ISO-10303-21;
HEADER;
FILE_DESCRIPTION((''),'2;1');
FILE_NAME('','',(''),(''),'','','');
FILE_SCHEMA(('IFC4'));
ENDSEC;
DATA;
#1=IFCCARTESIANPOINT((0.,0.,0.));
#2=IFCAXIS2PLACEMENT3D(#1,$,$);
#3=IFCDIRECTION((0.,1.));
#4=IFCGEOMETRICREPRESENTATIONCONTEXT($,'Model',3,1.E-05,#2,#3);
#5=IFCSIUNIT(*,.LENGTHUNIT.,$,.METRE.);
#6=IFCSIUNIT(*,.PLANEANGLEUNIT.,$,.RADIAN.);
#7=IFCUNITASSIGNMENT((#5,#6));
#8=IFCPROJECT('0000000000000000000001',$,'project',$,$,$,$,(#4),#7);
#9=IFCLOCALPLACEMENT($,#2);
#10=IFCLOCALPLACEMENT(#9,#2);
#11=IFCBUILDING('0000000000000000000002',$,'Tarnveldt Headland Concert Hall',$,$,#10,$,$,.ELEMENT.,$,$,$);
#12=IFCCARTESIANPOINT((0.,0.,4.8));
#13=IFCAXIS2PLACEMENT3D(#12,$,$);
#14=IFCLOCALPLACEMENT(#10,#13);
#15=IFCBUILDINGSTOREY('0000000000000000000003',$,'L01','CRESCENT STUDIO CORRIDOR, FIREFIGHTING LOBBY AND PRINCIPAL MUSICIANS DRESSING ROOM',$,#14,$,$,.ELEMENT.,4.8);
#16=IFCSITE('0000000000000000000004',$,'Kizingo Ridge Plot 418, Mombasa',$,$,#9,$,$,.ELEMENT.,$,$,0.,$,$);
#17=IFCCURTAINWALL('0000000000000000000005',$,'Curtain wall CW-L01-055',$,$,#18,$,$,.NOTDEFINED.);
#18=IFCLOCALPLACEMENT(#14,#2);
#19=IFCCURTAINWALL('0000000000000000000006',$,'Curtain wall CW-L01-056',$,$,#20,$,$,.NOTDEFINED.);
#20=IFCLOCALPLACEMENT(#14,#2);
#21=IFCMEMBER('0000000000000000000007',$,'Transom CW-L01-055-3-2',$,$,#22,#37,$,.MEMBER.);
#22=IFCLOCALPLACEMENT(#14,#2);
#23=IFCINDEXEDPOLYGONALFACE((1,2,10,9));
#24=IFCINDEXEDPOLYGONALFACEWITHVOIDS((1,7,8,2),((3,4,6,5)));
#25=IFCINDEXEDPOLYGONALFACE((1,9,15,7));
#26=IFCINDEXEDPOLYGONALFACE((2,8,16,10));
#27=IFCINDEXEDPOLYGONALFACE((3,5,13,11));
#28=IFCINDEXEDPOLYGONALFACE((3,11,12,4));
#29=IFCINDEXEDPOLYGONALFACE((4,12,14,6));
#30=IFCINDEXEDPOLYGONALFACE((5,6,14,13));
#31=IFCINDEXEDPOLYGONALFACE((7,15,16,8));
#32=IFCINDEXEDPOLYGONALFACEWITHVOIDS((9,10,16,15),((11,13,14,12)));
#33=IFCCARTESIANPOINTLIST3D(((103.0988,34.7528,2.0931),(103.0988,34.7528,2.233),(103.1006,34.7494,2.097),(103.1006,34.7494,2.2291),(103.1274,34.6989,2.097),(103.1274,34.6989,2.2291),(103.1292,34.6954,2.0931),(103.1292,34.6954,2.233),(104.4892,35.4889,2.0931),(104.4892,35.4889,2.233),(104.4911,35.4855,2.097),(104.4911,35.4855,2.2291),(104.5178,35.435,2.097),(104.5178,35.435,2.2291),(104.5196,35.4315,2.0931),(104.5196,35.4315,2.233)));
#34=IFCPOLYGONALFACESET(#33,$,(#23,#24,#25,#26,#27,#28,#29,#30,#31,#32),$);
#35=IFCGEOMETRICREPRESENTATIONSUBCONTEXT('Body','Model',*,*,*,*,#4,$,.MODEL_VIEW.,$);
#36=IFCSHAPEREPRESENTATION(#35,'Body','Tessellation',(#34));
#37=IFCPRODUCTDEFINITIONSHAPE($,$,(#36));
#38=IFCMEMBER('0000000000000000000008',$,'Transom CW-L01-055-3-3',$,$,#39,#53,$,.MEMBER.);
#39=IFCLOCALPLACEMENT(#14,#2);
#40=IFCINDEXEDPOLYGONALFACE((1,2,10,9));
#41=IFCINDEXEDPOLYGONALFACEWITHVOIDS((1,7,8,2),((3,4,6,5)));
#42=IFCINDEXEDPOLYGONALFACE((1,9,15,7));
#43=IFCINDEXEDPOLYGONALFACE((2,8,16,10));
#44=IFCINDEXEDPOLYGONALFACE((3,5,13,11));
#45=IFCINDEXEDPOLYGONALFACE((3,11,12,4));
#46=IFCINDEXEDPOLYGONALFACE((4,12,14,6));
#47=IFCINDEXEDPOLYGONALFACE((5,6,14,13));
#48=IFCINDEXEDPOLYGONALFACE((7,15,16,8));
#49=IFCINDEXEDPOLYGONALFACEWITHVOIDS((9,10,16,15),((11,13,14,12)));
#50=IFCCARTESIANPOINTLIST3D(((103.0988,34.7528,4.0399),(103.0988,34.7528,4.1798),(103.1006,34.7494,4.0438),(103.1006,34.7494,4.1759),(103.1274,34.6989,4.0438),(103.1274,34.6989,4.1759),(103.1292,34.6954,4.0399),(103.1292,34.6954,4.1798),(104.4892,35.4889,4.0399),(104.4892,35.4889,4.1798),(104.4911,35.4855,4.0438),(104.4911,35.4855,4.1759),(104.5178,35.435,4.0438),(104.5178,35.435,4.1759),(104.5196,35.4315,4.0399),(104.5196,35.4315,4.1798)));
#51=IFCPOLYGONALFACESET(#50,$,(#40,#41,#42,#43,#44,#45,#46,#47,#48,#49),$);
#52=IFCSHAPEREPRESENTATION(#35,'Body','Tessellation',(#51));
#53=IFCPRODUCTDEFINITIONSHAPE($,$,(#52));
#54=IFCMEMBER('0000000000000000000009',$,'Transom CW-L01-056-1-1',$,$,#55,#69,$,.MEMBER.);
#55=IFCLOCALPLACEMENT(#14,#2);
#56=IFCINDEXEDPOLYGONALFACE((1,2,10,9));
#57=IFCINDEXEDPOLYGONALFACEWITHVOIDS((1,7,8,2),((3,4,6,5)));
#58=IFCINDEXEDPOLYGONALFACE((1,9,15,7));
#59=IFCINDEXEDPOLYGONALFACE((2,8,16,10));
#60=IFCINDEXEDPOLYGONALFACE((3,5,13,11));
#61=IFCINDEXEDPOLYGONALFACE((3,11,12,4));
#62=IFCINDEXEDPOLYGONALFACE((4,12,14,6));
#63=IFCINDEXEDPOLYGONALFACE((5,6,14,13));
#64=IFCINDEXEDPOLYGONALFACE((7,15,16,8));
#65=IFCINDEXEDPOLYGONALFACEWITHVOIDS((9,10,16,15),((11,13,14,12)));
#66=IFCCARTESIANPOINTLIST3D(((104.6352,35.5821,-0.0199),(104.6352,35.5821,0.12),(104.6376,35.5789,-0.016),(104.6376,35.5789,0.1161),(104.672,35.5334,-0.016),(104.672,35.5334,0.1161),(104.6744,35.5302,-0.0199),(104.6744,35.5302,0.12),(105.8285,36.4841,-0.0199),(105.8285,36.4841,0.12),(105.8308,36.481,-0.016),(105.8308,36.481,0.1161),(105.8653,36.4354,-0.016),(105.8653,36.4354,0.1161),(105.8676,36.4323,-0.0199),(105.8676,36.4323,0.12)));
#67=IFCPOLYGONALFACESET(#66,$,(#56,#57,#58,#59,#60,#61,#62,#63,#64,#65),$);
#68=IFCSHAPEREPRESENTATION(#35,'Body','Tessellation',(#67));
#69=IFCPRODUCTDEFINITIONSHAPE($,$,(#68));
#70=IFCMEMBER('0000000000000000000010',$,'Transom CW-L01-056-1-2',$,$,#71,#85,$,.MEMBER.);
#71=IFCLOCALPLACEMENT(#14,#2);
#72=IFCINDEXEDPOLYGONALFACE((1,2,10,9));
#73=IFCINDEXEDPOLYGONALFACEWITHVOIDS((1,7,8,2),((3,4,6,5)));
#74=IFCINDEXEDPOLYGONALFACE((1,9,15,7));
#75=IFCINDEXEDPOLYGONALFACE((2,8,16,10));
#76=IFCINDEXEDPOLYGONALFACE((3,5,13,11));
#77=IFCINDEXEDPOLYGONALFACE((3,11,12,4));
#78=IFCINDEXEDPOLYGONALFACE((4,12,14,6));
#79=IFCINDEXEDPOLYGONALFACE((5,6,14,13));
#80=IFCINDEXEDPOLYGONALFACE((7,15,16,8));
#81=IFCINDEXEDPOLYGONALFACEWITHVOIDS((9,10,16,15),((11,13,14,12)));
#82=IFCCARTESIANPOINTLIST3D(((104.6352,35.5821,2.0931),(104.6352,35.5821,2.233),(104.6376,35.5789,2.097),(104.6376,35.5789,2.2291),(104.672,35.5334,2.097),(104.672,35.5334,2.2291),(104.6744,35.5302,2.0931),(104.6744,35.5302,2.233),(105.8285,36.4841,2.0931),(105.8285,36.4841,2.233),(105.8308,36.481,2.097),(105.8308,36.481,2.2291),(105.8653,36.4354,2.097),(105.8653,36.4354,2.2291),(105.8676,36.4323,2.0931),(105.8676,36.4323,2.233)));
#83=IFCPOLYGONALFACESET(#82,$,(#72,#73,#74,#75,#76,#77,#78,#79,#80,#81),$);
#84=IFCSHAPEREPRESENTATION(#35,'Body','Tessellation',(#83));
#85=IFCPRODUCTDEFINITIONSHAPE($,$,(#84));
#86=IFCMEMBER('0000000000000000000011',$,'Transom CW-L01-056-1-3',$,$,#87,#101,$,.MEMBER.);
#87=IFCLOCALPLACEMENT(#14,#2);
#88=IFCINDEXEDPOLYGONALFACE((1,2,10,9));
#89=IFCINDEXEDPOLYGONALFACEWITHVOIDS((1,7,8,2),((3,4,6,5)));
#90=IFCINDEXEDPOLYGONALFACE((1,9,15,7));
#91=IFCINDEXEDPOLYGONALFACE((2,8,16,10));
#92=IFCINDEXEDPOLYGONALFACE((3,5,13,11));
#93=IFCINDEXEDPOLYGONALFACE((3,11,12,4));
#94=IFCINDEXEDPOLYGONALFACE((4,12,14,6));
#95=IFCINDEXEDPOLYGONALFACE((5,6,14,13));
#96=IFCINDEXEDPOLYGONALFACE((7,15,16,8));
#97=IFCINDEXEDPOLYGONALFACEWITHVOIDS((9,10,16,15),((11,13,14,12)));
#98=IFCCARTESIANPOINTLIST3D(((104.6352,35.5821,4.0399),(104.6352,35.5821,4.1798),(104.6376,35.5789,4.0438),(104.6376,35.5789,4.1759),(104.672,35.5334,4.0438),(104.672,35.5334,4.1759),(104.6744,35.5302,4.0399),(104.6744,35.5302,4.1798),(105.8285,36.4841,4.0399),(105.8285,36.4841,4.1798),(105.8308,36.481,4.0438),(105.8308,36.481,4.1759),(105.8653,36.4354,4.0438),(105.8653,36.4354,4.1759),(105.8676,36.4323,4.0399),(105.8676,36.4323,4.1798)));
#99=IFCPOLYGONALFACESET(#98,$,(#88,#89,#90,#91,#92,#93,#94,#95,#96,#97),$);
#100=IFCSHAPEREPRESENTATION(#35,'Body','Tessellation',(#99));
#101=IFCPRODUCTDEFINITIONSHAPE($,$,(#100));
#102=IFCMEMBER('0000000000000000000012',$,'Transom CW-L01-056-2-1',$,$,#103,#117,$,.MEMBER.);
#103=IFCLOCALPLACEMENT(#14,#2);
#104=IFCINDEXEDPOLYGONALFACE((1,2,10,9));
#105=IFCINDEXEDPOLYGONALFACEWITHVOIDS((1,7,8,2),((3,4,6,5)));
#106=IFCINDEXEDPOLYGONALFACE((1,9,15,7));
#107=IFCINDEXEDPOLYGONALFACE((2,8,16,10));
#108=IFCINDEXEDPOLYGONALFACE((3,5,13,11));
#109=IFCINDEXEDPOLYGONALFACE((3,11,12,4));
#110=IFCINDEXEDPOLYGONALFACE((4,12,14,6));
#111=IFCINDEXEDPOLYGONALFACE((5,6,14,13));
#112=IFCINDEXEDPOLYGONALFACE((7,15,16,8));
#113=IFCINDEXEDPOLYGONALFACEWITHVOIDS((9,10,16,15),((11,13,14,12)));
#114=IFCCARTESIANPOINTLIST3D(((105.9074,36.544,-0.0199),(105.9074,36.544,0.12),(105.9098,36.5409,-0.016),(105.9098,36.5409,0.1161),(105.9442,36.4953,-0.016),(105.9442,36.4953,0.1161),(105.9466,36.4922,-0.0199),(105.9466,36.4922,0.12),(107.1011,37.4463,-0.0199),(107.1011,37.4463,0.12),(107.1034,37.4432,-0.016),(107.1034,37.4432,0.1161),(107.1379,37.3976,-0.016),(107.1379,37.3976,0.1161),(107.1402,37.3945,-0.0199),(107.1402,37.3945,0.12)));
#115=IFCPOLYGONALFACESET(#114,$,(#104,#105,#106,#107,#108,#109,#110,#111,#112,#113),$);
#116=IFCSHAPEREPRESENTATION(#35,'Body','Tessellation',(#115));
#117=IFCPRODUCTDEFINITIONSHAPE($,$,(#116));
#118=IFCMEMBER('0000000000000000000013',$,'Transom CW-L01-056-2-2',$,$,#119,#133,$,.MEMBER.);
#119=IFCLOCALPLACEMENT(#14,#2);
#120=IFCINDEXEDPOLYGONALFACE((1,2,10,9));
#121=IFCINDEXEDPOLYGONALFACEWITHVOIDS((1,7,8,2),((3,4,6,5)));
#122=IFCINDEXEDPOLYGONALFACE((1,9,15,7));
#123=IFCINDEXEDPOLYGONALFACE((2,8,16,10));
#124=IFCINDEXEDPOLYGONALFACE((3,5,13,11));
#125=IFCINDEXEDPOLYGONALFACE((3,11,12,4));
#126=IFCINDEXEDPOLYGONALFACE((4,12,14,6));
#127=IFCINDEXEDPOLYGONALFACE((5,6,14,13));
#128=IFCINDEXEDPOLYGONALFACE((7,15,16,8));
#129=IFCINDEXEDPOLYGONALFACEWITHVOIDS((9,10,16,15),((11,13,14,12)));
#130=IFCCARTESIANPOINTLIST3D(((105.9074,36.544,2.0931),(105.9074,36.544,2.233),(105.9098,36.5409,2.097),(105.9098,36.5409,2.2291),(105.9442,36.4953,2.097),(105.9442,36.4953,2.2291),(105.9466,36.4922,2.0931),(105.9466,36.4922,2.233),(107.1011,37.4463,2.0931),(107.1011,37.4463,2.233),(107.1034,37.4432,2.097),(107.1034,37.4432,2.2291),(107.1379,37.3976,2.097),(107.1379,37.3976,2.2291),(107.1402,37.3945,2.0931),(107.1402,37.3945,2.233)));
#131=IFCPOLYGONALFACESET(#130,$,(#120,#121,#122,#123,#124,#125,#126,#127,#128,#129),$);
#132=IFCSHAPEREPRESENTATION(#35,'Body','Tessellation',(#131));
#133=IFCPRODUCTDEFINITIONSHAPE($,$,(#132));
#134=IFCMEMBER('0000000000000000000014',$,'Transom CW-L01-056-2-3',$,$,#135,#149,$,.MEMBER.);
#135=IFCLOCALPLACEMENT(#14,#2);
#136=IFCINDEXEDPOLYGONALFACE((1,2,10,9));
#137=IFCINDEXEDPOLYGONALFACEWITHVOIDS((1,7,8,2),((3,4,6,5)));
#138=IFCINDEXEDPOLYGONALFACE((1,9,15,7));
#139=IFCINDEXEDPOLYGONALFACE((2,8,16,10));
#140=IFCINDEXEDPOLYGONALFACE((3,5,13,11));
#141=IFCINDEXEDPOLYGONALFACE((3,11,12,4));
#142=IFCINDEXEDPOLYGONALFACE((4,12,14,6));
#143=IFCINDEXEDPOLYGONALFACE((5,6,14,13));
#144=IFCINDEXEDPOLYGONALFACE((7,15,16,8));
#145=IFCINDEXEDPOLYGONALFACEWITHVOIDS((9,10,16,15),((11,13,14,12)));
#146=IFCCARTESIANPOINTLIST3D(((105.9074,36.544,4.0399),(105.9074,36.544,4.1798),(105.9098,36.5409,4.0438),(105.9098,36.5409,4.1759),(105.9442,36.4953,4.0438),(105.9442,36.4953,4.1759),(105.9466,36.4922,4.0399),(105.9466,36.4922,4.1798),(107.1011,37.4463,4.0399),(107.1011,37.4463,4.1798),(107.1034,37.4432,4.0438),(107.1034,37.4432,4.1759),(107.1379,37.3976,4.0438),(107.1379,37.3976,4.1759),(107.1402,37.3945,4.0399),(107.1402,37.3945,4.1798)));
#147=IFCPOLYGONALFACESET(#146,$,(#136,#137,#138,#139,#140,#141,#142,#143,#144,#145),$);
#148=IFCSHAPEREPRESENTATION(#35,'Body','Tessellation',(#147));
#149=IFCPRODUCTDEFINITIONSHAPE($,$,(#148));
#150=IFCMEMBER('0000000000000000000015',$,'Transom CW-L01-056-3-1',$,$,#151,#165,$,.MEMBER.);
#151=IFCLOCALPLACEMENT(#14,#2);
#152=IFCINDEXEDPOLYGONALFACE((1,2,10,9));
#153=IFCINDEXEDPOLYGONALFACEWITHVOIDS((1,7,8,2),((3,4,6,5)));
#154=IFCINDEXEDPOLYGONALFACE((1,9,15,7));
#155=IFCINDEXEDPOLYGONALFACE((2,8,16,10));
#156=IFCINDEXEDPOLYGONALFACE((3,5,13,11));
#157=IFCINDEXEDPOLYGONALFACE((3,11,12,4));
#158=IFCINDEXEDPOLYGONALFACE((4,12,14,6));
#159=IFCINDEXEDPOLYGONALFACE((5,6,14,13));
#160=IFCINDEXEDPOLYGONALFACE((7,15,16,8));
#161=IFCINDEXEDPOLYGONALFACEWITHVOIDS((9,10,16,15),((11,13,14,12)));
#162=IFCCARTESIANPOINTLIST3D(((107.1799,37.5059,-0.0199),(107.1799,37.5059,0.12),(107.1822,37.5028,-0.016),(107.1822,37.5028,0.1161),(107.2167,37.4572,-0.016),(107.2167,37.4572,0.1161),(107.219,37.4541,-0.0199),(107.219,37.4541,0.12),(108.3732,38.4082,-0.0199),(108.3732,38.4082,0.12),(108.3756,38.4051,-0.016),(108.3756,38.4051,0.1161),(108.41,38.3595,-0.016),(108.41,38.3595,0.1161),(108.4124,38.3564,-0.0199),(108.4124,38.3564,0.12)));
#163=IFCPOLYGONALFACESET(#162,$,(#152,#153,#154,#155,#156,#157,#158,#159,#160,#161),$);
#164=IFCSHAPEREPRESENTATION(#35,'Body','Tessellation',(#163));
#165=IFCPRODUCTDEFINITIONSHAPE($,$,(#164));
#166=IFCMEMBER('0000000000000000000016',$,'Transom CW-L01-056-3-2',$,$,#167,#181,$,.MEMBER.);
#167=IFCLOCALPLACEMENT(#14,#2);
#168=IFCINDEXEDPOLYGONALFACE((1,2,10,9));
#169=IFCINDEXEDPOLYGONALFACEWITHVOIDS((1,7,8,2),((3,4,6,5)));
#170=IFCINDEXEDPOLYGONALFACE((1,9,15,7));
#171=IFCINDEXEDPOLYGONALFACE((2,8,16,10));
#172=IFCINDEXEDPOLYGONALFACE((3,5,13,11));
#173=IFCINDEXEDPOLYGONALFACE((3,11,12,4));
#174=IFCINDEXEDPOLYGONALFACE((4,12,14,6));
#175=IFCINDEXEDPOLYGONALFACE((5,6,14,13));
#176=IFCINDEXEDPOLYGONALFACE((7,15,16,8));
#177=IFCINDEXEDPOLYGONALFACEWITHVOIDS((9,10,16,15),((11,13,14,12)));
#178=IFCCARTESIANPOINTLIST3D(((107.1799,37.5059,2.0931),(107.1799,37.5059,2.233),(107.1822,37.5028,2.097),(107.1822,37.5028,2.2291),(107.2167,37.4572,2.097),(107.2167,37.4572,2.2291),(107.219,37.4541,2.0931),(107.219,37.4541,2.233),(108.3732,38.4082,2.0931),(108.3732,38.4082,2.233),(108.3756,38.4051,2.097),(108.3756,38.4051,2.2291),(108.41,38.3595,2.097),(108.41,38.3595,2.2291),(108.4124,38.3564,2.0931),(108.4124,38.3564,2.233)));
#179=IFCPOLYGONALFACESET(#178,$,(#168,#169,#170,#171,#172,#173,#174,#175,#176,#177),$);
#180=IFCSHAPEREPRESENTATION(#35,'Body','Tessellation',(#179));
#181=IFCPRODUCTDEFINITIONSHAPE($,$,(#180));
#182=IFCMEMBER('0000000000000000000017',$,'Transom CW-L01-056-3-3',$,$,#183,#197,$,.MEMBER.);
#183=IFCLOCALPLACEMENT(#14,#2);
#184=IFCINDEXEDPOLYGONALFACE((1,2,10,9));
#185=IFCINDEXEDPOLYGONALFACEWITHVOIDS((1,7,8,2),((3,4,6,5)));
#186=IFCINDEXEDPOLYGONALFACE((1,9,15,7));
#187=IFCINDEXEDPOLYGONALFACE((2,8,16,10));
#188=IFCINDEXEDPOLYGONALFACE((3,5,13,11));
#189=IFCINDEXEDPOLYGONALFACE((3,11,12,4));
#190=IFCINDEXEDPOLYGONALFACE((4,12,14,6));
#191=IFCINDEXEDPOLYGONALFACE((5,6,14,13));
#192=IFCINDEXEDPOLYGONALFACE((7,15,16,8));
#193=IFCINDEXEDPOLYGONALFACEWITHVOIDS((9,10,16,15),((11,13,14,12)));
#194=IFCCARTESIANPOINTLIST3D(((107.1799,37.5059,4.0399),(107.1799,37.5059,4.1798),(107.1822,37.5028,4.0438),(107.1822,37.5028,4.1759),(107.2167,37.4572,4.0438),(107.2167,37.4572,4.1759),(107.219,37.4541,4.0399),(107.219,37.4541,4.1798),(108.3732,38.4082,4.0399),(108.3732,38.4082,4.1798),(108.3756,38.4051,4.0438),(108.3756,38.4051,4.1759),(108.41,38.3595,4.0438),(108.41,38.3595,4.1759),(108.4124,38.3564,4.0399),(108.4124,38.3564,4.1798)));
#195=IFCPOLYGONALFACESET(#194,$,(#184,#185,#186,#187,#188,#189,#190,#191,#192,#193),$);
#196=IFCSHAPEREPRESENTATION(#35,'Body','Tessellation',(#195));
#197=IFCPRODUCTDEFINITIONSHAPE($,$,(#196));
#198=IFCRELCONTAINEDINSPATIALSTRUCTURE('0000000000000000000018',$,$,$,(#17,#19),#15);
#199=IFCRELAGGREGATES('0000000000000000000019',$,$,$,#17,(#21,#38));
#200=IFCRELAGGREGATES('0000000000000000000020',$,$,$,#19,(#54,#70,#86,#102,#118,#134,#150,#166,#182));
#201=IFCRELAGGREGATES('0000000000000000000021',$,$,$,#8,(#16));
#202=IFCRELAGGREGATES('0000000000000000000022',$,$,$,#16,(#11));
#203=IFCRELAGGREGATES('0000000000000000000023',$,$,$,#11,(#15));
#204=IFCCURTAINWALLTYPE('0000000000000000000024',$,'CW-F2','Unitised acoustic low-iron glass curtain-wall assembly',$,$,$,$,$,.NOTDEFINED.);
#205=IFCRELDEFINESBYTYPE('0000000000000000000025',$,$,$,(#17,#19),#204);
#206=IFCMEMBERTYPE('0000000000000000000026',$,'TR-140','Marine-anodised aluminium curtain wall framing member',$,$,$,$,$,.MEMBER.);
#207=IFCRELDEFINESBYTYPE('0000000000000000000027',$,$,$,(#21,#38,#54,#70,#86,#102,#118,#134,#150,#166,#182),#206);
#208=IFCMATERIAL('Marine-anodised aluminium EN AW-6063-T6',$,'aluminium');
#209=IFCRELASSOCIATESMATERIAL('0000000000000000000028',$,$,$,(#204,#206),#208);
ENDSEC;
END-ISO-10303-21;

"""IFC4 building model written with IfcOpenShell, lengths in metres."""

from ifc_helpers import new_model, si_unit, direction, frame, origin, origin_2d, place, context, subcontext, project, spatial, hollow_rectangle, extrude, material, material_profile, profile_set, type_object, element, aggregate, save


model = new_model("IFC4")

# Units and contexts
model_context = context("Model", 3, precision=1e-05, world=origin(), true_north=direction((0.0, 1.0)))
body_context = subcontext(model_context, "Body", "Model", "MODEL_VIEW")
ifc_project = project(units=[si_unit("LENGTHUNIT", "METRE"), si_unit("PLANEANGLEUNIT", "RADIAN")], contexts=[model_context])

# Site, building, storey
site_placement = place(None, origin())
site = spatial("IfcSite", under=ifc_project, at=site_placement, Name="Kizingo Ridge Plot 418, Mombasa", CompositionType="ELEMENT", RefElevation=0.0)
building_placement = place(site_placement, origin())
building = spatial("IfcBuilding", under=site, at=building_placement, Name="Tarnveldt Headland Concert Hall", CompositionType="ELEMENT")
storey_placement = place(building_placement, frame((0.0, 0.0, 4.8)))
storey = spatial("IfcBuildingStorey", under=building, at=storey_placement, Name="L01", Description="CRESCENT STUDIO CORRIDOR, FIREFIGHTING LOBBY AND PRINCIPAL MUSICIANS DRESSING ROOM", CompositionType="ELEMENT", Elevation=4.8)

# Curtain walls
ifc_material_1 = material(Name="Marine-anodised aluminium EN AW-6063-T6", Category="aluminium")
curtain_wall_type = type_object("IfcCurtainWallType", Name="CW-F2", Description="Unitised acoustic low-iron glass curtain-wall assembly", PredefinedType="NOTDEFINED", material=ifc_material_1)
curtain_wall_1_placement = place(storey_placement, origin())
curtain_wall_1 = element("IfcCurtainWall", 1, at=curtain_wall_1_placement, inside=storey, type_object=curtain_wall_type, Name="Curtain wall CW-L01-055", PredefinedType="NOTDEFINED")
curtain_wall_2_placement = place(storey_placement, origin())
curtain_wall_2 = element("IfcCurtainWall", 2, at=curtain_wall_2_placement, inside=storey, type_object=curtain_wall_type, Name="Curtain wall CW-L01-056", PredefinedType="NOTDEFINED")

# Members
ifc_material_profile_1 = material_profile(ifc_material_1, hollow_rectangle(XDim=0.0649, YDim=0.1399, WallThickness=0.0039, at=origin_2d()), Name="ALU TRANSOM 65x140x4", Category="aluminium")
ifc_profile_set_1 = profile_set([ifc_material_profile_1], Name="Marine-anodised aluminium EN AW-6063-T6")
member_type_1 = type_object("IfcMemberType", Name="TR-140", Description="Marine-anodised aluminium curtain wall framing member", PredefinedType="MEMBER", material=ifc_profile_set_1)
member_1_placement = place(storey_placement, frame((103.114, 34.7241, 2.1631), z_axis=(0.883788, 0.467888, 0.0), x_axis=(-0.467888, 0.883788, 0.0)))
member_1 = element("IfcMember", 3, at=member_1_placement, type_object=member_type_1, Name="Transom CW-L01-055-3-2", PredefinedType="MEMBER", context=body_context, shape_type="SweptSolid", body=[
    extrude(hollow_rectangle(XDim=0.0649, YDim=0.1399, WallThickness=0.0039, at=origin_2d()), origin(), (0.0, 0.0, 1.0), 1.5732),
])
member_2_placement = place(storey_placement, frame((103.114, 34.7241, 4.1099), z_axis=(0.883788, 0.467888, 0.0), x_axis=(-0.467888, 0.883788, 0.0)))
member_2 = element("IfcMember", 4, at=member_2_placement, type_object=member_type_1, Name="Transom CW-L01-055-3-3", PredefinedType="MEMBER", context=body_context, shape_type="SweptSolid", body=[
    extrude(hollow_rectangle(XDim=0.0649, YDim=0.1399, WallThickness=0.0039, at=origin_2d()), origin(), (0.0, 0.0, 1.0), 1.5732),
])
member_3_placement = place(storey_placement, frame((104.6548, 35.5562, 0.05), z_axis=(0.797723, 0.603025, 0.0), x_axis=(-0.603025, 0.797723, 0.0)))
member_3 = element("IfcMember", 5, at=member_3_placement, type_object=member_type_1, Name="Transom CW-L01-056-1-1", PredefinedType="MEMBER", context=body_context, shape_type="SweptSolid", body=[
    extrude(hollow_rectangle(XDim=0.0649, YDim=0.1399, WallThickness=0.0039, at=origin_2d()), origin(), (0.0, 0.0, 1.0), 1.4958),
])
member_4_placement = place(storey_placement, frame((104.6548, 35.5562, 2.1631), z_axis=(0.797723, 0.603025, 0.0), x_axis=(-0.603025, 0.797723, 0.0)))
member_4 = element("IfcMember", 6, at=member_4_placement, type_object=member_type_1, Name="Transom CW-L01-056-1-2", PredefinedType="MEMBER", context=body_context, shape_type="SweptSolid", body=[
    extrude(hollow_rectangle(XDim=0.0649, YDim=0.1399, WallThickness=0.0039, at=origin_2d()), origin(), (0.0, 0.0, 1.0), 1.4958),
])
member_5_placement = place(storey_placement, frame((104.6548, 35.5562, 4.1099), z_axis=(0.797723, 0.603025, 0.0), x_axis=(-0.603025, 0.797723, 0.0)))
member_5 = element("IfcMember", 7, at=member_5_placement, type_object=member_type_1, Name="Transom CW-L01-056-1-3", PredefinedType="MEMBER", context=body_context, shape_type="SweptSolid", body=[
    extrude(hollow_rectangle(XDim=0.0649, YDim=0.1399, WallThickness=0.0039, at=origin_2d()), origin(), (0.0, 0.0, 1.0), 1.4958),
])
member_6_placement = place(storey_placement, frame((105.927, 36.5181, 0.05), z_axis=(0.797703, 0.60305, 0.0), x_axis=(-0.60305, 0.797703, 0.0)))
member_6 = element("IfcMember", 8, at=member_6_placement, type_object=member_type_1, Name="Transom CW-L01-056-2-1", PredefinedType="MEMBER", context=body_context, shape_type="SweptSolid", body=[
    extrude(hollow_rectangle(XDim=0.0649, YDim=0.1399, WallThickness=0.0039, at=origin_2d()), origin(), (0.0, 0.0, 1.0), 1.4963),
])
member_7_placement = place(storey_placement, frame((105.927, 36.5181, 2.1631), z_axis=(0.797703, 0.60305, 0.0), x_axis=(-0.60305, 0.797703, 0.0)))
member_7 = element("IfcMember", 9, at=member_7_placement, type_object=member_type_1, Name="Transom CW-L01-056-2-2", PredefinedType="MEMBER", context=body_context, shape_type="SweptSolid", body=[
    extrude(hollow_rectangle(XDim=0.0649, YDim=0.1399, WallThickness=0.0039, at=origin_2d()), origin(), (0.0, 0.0, 1.0), 1.4963),
])
member_8_placement = place(storey_placement, frame((105.927, 36.5181, 4.1099), z_axis=(0.797703, 0.60305, 0.0), x_axis=(-0.60305, 0.797703, 0.0)))
member_8 = element("IfcMember", 10, at=member_8_placement, type_object=member_type_1, Name="Transom CW-L01-056-2-3", PredefinedType="MEMBER", context=body_context, shape_type="SweptSolid", body=[
    extrude(hollow_rectangle(XDim=0.0649, YDim=0.1399, WallThickness=0.0039, at=origin_2d()), origin(), (0.0, 0.0, 1.0), 1.4963),
])
member_9_placement = place(storey_placement, frame((107.1995, 37.48, 0.05), z_axis=(0.797644, 0.603129, 0.0), x_axis=(-0.603129, 0.797644, 0.0)))
member_9 = element("IfcMember", 11, at=member_9_placement, type_object=member_type_1, Name="Transom CW-L01-056-3-1", PredefinedType="MEMBER", context=body_context, shape_type="SweptSolid", body=[
    extrude(hollow_rectangle(XDim=0.0649, YDim=0.1399, WallThickness=0.0039, at=origin_2d()), origin(), (0.0, 0.0, 1.0), 1.4961),
])
member_10_placement = place(storey_placement, frame((107.1995, 37.48, 2.1631), z_axis=(0.797644, 0.603129, 0.0), x_axis=(-0.603129, 0.797644, 0.0)))
member_10 = element("IfcMember", 12, at=member_10_placement, type_object=member_type_1, Name="Transom CW-L01-056-3-2", PredefinedType="MEMBER", context=body_context, shape_type="SweptSolid", body=[
    extrude(hollow_rectangle(XDim=0.0649, YDim=0.1399, WallThickness=0.0039, at=origin_2d()), origin(), (0.0, 0.0, 1.0), 1.4961),
])
member_11_placement = place(storey_placement, frame((107.1995, 37.48, 4.1099), z_axis=(0.797644, 0.603129, 0.0), x_axis=(-0.603129, 0.797644, 0.0)))
member_11 = element("IfcMember", 13, at=member_11_placement, type_object=member_type_1, Name="Transom CW-L01-056-3-3", PredefinedType="MEMBER", context=body_context, shape_type="SweptSolid", body=[
    extrude(hollow_rectangle(XDim=0.0649, YDim=0.1399, WallThickness=0.0039, at=origin_2d()), origin(), (0.0, 0.0, 1.0), 1.4961),
])

aggregate(curtain_wall_1, [member_1, member_2])
aggregate(curtain_wall_2, [member_3, member_4, member_5, member_6, member_7, member_8, member_9, member_10, member_11])

save(model, "model.ifc")
